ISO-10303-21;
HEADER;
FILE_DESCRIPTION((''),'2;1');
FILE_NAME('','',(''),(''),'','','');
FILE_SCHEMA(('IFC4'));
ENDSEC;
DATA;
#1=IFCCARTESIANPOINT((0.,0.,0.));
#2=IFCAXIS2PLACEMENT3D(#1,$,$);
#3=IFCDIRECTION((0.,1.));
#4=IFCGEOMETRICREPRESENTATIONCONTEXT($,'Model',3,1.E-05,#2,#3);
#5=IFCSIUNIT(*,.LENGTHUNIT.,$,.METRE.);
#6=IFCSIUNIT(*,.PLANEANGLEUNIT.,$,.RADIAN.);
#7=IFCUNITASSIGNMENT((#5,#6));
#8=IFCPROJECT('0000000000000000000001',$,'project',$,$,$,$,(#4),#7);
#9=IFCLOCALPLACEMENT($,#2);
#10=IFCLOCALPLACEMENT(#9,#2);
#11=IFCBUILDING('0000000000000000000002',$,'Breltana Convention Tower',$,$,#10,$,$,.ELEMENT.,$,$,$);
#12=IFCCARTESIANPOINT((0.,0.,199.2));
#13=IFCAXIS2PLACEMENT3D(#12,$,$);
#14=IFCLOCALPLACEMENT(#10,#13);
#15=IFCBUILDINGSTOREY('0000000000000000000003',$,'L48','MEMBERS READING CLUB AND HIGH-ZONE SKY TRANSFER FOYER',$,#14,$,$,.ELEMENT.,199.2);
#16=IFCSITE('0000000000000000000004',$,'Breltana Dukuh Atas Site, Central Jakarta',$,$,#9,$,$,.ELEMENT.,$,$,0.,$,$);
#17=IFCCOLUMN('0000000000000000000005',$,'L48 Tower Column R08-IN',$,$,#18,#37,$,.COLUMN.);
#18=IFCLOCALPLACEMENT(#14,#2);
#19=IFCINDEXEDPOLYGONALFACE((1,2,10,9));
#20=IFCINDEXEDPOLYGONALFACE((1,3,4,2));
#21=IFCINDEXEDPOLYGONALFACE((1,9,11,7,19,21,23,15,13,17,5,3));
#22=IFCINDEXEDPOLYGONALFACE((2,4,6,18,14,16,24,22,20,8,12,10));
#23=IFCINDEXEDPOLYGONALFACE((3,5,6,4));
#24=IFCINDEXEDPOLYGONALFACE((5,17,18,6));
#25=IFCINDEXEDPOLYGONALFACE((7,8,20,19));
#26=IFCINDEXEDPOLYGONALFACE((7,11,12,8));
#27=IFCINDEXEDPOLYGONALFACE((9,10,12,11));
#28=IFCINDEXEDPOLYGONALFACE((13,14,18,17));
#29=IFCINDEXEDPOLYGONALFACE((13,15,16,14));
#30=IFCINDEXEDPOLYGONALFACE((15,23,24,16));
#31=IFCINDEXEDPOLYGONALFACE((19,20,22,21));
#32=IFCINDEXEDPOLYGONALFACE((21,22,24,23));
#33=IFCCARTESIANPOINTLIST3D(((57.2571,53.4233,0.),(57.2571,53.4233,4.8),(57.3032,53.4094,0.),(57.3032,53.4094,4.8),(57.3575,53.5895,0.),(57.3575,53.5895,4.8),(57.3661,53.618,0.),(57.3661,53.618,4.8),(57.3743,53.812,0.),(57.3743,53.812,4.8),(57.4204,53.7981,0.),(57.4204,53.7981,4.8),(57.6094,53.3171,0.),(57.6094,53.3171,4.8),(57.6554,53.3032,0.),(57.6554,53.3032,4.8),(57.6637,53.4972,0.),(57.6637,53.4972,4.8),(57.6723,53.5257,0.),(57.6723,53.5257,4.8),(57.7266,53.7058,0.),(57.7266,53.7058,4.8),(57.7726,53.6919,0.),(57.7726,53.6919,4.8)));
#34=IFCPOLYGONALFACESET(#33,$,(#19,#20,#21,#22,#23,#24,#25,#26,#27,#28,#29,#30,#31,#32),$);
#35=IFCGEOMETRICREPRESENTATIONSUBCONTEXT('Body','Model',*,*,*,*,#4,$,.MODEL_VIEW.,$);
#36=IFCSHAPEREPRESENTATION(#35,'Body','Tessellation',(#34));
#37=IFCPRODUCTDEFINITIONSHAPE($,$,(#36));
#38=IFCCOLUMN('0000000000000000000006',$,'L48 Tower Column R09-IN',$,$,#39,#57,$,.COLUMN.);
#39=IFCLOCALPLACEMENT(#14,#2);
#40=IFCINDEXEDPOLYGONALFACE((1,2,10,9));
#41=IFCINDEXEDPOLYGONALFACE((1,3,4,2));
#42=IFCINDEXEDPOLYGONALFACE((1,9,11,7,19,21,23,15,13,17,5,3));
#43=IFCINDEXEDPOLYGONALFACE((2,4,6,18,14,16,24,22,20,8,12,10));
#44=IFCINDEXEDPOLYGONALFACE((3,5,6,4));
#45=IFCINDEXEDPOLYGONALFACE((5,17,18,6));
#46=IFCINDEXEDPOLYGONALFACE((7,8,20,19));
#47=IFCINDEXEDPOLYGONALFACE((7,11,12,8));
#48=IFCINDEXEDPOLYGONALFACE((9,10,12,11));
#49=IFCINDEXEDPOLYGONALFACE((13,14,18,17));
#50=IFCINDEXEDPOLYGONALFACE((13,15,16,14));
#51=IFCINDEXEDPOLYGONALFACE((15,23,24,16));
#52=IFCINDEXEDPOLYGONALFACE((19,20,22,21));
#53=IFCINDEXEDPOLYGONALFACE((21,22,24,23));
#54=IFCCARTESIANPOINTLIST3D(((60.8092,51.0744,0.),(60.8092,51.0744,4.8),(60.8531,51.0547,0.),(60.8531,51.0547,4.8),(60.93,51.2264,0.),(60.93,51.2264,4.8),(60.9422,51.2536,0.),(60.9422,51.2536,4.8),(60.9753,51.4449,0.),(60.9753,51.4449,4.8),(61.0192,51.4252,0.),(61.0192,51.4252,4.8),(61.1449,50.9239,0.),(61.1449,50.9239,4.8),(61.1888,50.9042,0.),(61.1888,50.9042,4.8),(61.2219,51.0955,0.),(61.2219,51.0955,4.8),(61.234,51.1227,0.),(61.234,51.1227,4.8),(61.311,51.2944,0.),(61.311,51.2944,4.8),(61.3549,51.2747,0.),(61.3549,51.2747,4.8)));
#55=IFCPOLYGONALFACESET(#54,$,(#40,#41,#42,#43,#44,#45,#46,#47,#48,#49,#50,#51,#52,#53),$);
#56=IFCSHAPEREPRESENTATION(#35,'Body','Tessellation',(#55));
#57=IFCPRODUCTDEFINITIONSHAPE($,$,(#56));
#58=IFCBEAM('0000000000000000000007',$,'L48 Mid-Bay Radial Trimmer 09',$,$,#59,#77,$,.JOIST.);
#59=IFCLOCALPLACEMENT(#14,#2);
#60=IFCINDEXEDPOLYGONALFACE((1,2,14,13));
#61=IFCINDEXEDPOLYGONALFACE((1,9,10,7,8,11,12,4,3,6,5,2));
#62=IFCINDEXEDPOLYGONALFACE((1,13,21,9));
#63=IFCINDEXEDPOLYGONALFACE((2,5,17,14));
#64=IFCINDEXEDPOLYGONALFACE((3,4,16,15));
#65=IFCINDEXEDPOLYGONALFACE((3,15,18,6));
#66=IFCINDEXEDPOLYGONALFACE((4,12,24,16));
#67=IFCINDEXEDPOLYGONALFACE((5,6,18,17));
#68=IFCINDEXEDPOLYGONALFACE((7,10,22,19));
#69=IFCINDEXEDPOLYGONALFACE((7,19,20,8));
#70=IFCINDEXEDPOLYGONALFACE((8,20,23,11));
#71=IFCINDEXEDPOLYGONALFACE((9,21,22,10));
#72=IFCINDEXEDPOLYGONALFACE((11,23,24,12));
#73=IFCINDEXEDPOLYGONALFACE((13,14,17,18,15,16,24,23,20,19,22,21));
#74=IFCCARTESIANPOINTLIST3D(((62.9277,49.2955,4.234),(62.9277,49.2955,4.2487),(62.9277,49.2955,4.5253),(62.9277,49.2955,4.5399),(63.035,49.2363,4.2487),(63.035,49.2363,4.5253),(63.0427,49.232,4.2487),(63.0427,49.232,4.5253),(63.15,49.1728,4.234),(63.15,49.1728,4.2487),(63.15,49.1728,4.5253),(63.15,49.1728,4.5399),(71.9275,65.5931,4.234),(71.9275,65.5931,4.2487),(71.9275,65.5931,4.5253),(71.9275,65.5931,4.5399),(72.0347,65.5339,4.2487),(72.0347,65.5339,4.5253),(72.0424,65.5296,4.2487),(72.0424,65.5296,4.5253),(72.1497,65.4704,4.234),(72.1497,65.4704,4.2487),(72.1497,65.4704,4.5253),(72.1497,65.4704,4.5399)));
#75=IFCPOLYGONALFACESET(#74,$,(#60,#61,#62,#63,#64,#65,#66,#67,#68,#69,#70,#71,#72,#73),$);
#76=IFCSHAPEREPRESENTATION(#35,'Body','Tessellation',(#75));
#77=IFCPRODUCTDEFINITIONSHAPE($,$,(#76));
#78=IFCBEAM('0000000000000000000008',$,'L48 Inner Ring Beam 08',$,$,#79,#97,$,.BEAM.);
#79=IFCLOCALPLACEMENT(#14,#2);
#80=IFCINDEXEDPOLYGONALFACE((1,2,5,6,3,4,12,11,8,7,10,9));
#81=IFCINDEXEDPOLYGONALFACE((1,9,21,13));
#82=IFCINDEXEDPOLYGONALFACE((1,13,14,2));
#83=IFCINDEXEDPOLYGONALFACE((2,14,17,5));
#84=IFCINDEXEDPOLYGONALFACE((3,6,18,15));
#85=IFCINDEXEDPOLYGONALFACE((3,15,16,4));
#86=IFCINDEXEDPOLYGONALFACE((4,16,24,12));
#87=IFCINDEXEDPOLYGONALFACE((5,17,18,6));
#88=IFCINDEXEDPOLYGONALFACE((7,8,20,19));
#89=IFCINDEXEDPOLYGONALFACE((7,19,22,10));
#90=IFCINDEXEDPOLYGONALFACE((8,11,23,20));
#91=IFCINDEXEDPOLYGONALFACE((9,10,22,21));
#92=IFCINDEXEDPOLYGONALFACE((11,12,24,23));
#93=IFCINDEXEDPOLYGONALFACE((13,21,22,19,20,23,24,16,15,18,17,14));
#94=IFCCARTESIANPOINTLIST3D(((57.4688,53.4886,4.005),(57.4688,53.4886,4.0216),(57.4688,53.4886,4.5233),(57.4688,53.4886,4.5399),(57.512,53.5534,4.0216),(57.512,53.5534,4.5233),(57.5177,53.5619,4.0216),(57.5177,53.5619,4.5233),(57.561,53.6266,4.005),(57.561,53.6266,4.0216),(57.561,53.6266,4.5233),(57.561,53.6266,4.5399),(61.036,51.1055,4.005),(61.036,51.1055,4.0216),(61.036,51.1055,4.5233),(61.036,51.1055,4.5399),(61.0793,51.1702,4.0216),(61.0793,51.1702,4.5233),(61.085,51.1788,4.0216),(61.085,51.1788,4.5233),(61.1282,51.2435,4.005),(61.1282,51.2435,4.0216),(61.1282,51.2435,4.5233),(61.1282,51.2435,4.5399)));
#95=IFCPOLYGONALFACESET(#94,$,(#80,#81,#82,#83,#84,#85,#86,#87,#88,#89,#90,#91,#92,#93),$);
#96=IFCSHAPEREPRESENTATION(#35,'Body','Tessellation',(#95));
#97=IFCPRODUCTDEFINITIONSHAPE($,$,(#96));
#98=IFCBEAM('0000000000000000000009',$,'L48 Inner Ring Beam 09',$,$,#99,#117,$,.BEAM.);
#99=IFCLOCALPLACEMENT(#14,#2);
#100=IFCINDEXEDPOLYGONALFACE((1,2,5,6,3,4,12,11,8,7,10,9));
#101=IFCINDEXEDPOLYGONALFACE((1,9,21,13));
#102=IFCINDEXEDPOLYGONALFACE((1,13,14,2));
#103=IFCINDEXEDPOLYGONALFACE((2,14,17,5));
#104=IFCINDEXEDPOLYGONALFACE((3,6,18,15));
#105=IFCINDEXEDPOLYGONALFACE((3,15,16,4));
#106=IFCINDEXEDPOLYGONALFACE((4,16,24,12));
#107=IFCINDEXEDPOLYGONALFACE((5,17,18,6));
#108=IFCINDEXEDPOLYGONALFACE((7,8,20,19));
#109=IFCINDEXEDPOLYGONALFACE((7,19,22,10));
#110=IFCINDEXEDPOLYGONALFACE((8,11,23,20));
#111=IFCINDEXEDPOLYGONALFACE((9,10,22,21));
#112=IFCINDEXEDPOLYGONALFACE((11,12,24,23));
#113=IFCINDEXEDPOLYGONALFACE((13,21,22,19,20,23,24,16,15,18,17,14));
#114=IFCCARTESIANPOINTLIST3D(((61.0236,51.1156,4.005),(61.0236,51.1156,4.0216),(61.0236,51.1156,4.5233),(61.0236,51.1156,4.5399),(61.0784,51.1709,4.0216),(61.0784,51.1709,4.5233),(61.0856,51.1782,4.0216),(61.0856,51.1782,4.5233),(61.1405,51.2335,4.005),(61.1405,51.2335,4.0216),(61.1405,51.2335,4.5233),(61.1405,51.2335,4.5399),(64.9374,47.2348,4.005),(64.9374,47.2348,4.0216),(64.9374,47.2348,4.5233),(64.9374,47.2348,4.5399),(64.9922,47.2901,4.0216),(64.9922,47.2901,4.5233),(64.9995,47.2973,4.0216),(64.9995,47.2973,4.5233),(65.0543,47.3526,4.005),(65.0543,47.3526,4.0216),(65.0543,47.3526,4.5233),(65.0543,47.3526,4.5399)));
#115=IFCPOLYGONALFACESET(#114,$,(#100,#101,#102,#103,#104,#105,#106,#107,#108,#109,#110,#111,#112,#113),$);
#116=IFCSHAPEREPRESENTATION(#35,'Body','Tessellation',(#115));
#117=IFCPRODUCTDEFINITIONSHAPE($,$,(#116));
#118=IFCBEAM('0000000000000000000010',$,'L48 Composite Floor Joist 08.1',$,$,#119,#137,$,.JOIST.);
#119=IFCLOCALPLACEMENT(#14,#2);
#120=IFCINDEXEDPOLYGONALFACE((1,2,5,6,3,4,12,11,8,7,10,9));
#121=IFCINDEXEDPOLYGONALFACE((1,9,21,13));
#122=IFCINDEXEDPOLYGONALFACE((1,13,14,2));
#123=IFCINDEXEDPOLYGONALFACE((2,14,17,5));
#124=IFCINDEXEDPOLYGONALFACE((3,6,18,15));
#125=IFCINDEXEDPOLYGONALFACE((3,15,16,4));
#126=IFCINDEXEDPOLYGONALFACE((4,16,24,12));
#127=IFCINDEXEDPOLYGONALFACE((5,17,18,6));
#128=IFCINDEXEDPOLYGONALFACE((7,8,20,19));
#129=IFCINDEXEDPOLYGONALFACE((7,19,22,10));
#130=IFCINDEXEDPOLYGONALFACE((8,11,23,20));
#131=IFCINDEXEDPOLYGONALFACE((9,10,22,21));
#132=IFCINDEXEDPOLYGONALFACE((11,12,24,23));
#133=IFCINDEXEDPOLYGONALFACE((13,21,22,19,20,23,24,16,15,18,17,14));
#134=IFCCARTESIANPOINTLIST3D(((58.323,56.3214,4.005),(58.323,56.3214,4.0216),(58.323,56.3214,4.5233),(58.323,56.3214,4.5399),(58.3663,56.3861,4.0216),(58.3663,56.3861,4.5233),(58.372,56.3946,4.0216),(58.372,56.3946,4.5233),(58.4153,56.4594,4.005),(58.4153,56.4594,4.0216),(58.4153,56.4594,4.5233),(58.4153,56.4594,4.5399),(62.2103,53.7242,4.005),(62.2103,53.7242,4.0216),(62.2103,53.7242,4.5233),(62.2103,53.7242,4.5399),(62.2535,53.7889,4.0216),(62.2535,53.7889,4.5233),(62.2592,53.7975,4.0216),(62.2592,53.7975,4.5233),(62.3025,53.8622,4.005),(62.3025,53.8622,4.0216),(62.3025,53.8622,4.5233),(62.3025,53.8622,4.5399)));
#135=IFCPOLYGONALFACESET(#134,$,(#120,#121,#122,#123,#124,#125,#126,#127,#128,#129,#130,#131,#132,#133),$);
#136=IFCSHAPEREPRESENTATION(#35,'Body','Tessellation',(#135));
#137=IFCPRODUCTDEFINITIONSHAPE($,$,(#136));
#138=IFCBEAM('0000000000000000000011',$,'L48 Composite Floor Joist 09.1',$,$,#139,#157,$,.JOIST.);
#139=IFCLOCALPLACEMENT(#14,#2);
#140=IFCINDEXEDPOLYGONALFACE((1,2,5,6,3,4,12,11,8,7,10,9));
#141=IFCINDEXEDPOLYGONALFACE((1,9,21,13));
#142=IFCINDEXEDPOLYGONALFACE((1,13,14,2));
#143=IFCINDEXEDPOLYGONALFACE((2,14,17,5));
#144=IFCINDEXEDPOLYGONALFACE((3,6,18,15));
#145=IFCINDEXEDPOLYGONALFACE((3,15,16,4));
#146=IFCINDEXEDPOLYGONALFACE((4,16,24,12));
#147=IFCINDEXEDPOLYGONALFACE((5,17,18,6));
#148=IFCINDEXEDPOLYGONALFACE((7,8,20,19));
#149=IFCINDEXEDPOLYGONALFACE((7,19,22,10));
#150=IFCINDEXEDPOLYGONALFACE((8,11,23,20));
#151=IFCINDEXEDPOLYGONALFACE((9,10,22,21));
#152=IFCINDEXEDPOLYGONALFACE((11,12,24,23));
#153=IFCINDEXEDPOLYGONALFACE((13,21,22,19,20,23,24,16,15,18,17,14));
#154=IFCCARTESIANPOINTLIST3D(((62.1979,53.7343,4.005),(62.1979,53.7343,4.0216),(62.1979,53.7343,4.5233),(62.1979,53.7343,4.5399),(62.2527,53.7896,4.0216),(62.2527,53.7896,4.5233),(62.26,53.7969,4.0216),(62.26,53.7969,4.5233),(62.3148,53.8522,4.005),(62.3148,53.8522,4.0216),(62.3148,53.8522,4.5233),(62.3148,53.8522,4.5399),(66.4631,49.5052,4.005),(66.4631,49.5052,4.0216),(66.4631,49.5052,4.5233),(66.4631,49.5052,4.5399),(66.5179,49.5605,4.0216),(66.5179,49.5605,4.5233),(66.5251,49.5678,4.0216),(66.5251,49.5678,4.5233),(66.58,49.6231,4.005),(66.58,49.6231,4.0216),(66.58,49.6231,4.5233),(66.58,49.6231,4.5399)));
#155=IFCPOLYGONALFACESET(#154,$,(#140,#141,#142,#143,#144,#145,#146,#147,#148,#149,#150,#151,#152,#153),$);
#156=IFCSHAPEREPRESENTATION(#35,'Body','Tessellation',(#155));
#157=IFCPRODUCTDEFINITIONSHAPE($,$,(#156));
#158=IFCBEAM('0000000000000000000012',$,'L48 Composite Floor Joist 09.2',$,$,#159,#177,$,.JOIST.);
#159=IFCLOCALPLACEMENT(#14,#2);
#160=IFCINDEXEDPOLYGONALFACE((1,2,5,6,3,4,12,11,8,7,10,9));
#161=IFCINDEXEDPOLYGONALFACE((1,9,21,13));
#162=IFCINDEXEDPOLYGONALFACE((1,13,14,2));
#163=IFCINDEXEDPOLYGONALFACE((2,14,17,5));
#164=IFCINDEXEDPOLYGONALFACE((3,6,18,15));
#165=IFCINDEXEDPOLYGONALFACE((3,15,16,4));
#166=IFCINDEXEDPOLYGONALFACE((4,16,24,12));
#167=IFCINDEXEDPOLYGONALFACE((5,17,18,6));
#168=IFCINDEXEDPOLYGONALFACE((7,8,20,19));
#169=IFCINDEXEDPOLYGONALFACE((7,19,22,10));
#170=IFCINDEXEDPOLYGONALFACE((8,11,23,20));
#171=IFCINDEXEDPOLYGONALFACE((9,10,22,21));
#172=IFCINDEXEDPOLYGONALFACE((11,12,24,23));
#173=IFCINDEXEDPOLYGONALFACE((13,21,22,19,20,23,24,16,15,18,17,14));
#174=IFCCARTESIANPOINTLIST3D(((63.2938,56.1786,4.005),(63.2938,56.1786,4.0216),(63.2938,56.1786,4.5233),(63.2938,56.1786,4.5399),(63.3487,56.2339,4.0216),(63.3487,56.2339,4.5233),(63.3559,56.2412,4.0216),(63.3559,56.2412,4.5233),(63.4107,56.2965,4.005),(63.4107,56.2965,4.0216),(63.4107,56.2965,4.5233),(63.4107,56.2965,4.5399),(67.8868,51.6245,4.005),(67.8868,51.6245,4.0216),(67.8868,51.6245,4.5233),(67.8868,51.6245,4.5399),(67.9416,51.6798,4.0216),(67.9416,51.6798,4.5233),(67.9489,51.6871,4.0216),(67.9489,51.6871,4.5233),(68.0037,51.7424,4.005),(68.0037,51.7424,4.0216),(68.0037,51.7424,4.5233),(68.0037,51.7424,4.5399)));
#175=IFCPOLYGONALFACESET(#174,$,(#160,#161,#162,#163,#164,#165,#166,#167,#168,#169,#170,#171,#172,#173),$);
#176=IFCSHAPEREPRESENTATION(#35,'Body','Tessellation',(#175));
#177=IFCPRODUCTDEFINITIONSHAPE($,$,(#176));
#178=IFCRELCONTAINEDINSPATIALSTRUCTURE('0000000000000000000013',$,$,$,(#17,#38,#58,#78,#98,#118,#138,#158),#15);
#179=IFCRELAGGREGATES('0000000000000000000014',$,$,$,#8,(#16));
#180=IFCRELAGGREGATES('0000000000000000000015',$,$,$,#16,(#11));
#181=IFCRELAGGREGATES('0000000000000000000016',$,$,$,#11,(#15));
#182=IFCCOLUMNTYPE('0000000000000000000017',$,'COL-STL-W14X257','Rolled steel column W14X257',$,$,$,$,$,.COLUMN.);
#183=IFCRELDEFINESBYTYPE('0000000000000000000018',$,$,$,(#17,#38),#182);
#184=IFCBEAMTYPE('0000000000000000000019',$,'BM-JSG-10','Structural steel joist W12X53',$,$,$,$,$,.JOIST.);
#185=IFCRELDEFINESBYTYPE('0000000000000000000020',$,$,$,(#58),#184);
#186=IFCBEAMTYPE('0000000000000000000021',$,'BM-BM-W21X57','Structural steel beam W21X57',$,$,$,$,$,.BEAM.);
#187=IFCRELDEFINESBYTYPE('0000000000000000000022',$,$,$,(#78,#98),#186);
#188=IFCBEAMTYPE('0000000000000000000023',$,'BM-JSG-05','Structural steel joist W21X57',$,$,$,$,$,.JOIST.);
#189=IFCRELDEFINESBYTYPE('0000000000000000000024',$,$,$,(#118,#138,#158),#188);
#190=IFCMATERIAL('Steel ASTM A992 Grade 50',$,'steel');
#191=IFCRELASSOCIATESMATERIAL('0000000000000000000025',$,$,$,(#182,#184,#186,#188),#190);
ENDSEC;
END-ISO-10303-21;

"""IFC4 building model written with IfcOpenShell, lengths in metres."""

from ifc_helpers import new_model, si_unit, direction, frame, origin, origin_2d, place, context, subcontext, project, spatial, i_section, extrude, source, transform, mapped, material, material_profile, profile_set, type_object, type_shapes, element, save


model = new_model("IFC4")

# Units and contexts
model_context = context("Model", 3, precision=1e-05, world=origin(), true_north=direction((0.0, 1.0)))
body_context = subcontext(model_context, "Body", "Model", "MODEL_VIEW")
ifc_project = project(units=[si_unit("LENGTHUNIT", "METRE"), si_unit("PLANEANGLEUNIT", "RADIAN")], contexts=[model_context])

# Site, building, storey
site_placement = place(None, origin())
site = spatial("IfcSite", under=ifc_project, at=site_placement, Name="Breltana Dukuh Atas Site, Central Jakarta", CompositionType="ELEMENT", RefElevation=0.0)
building_placement = place(site_placement, origin())
building = spatial("IfcBuilding", under=site, at=building_placement, Name="Breltana Convention Tower", CompositionType="ELEMENT")
storey_placement = place(building_placement, frame((0.0, 0.0, 199.2)))
storey = spatial("IfcBuildingStorey", under=building, at=storey_placement, Name="L48", Description="MEMBERS READING CLUB AND HIGH-ZONE SKY TRANSFER FOYER", CompositionType="ELEMENT", Elevation=199.2)

# Columns
ifc_material_1 = material(Name="Steel ASTM A992 Grade 50", Category="steel")
ifc_material_profile_1 = material_profile(ifc_material_1, i_section(OverallWidth=0.406, OverallDepth=0.416, WebThickness=0.0298, FlangeThickness=0.0481, at=origin_2d()), Name="W14X257")
ifc_profile_set_1 = profile_set([ifc_material_profile_1], Name="Steel ASTM A992 Grade 50")
column_type = type_object("IfcColumnType", Name="COL-STL-W14X257", Description="Rolled steel column W14X257", PredefinedType="COLUMN", material=ifc_profile_set_1)
shared_shape_1 = source(origin(), body_context, "Body", "SweptSolid", [
    extrude(i_section(OverallWidth=0.406, OverallDepth=0.416, WebThickness=0.0298, FlangeThickness=0.0481, at=origin_2d()), origin(), (0.0, 0.0, 1.0), 4.8),
])
type_shapes(column_type, [shared_shape_1])
for number, where, z_axis, x_axis, name in (
    (1, (57.5149, 53.5576, 0.0), (0.0, 0.0, 1.0), (0.288698, 0.95742, 0.0), "L48 Tower Column R08-IN"),
    (2, (61.082, 51.1746, 0.0), (0.0, 0.0, 1.0), (0.409127, 0.912477, 0.0), "L48 Tower Column R09-IN"),
):
    element("IfcColumn", number, at=place(storey_placement, frame(where, z_axis=z_axis, x_axis=x_axis)), inside=storey, type_object=column_type, Name=name, PredefinedType="COLUMN", context=body_context, shape_type="MappedRepresentation", body=[
        mapped(shared_shape_1, transform((0.0, 0.0, 0.0), scale=1.0)),
    ])

# Beams
ifc_material_profile_2 = material_profile(ifc_material_1, i_section(OverallWidth=0.2539, OverallDepth=0.3059, WebThickness=0.0088, FlangeThickness=0.0146, at=origin_2d()), Name="W12X53")
ifc_profile_set_2 = profile_set([ifc_material_profile_2], Name="Steel ASTM A992 Grade 50")
beam_type_1 = type_object("IfcBeamType", Name="BM-JSG-10", Description="Structural steel joist W12X53", PredefinedType="JOIST", material=ifc_profile_set_2)
shared_shape_2 = source(origin(), body_context, "Body", "SweptSolid", [
    extrude(i_section(OverallWidth=0.2539, OverallDepth=0.3059, WebThickness=0.0088, FlangeThickness=0.0146, at=origin_2d()), origin(), (0.0, 0.0, 1.0), 18.6174),
])
beam_1_placement = place(storey_placement, frame((63.0388, 49.2341, 4.387), z_axis=(0.483406, 0.875396, 0.0), x_axis=(-0.875396, 0.483406, 0.0)))
element("IfcBeam", 3, at=beam_1_placement, inside=storey, type_object=beam_type_1, Name="L48 Mid-Bay Radial Trimmer 09", PredefinedType="JOIST", context=body_context, shape_type="MappedRepresentation", body=[
    mapped(shared_shape_2, transform((0.0, 0.0, 0.0), scale=1.0)),
])
ifc_material_profile_3 = material_profile(ifc_material_1, i_section(OverallWidth=0.166, OverallDepth=0.5349, WebThickness=0.0103, FlangeThickness=0.0166, at=origin_2d()), Name="W21X57")
ifc_profile_set_3 = profile_set([ifc_material_profile_3], Name="Steel ASTM A992 Grade 50")
beam_type_2 = type_object("IfcBeamType", Name="BM-BM-W21X57", Description="Structural steel beam W21X57", PredefinedType="BEAM", material=ifc_profile_set_3)
shared_shape_3 = source(origin(), body_context, "Body", "SweptSolid", [
    extrude(i_section(OverallWidth=0.166, OverallDepth=0.5349, WebThickness=0.0103, FlangeThickness=0.0166, at=origin_2d()), origin(), (0.0, 0.0, 1.0), 4.29),
])
beam_2_placement = place(storey_placement, frame((57.5149, 53.5576, 4.2725), z_axis=(0.831516, -0.555501, 0.0), x_axis=(0.555501, 0.831516, 0.0)))
element("IfcBeam", 4, at=beam_2_placement, inside=storey, type_object=beam_type_2, Name="L48 Inner Ring Beam 08", PredefinedType="BEAM", context=body_context, shape_type="MappedRepresentation", body=[
    mapped(shared_shape_3, transform((0.0, 0.0, 0.0), scale=1.0)),
])
shared_shape_4 = source(origin(), body_context, "Body", "SweptSolid", [
    extrude(i_section(OverallWidth=0.166, OverallDepth=0.5349, WebThickness=0.0103, FlangeThickness=0.0166, at=origin_2d()), origin(), (0.0, 0.0, 1.0), 5.5117),
])
beam_3_placement = place(storey_placement, frame((61.082, 51.1746, 4.2725), z_axis=(0.71009, -0.704111, 0.0), x_axis=(0.704111, 0.71009, 0.0)))
element("IfcBeam", 5, at=beam_3_placement, inside=storey, type_object=beam_type_2, Name="L48 Inner Ring Beam 09", PredefinedType="BEAM", context=body_context, shape_type="MappedRepresentation", body=[
    mapped(shared_shape_4, transform((0.0, 0.0, 0.0), scale=1.0)),
])
ifc_material_profile_4 = material_profile(ifc_material_1, i_section(OverallWidth=0.166, OverallDepth=0.5349, WebThickness=0.0103, FlangeThickness=0.0166, at=origin_2d()), Name="W21X57")
ifc_profile_set_4 = profile_set([ifc_material_profile_4], Name="Steel ASTM A992 Grade 50")
beam_type_3 = type_object("IfcBeamType", Name="BM-JSG-05", Description="Structural steel joist W21X57", PredefinedType="JOIST", material=ifc_profile_set_4)
shared_shape_5 = source(origin(), body_context, "Body", "SweptSolid", [
    extrude(i_section(OverallWidth=0.166, OverallDepth=0.5349, WebThickness=0.0103, FlangeThickness=0.0166, at=origin_2d()), origin(), (0.0, 0.0, 1.0), 4.675),
])
beam_4_placement = place(storey_placement, frame((58.3691, 56.3904, 4.2725), z_axis=(0.831487, -0.555544, 0.0), x_axis=(0.555544, 0.831487, 0.0)))
element("IfcBeam", 6, at=beam_4_placement, inside=storey, type_object=beam_type_3, Name="L48 Composite Floor Joist 08.1", PredefinedType="JOIST", context=body_context, shape_type="MappedRepresentation", body=[
    mapped(shared_shape_5, transform((0.0, 0.0, 0.0), scale=1.0)),
])
shared_shape_6 = source(origin(), body_context, "Body", "SweptSolid", [
    extrude(i_section(OverallWidth=0.166, OverallDepth=0.5349, WebThickness=0.0103, FlangeThickness=0.0166, at=origin_2d()), origin(), (0.0, 0.0, 1.0), 6.0063),
])
beam_5_placement = place(storey_placement, frame((62.2563, 53.7932, 4.2725), z_axis=(0.710108, -0.704092, 0.0), x_axis=(0.704092, 0.710108, 0.0)))
element("IfcBeam", 7, at=beam_5_placement, inside=storey, type_object=beam_type_3, Name="L48 Composite Floor Joist 09.1", PredefinedType="JOIST", context=body_context, shape_type="MappedRepresentation", body=[
    mapped(shared_shape_6, transform((0.0, 0.0, 0.0), scale=1.0)),
])
shared_shape_7 = source(origin(), body_context, "Body", "SweptSolid", [
    extrude(i_section(OverallWidth=0.166, OverallDepth=0.5349, WebThickness=0.0103, FlangeThickness=0.0166, at=origin_2d()), origin(), (0.0, 0.0, 1.0), 6.468),
])
beam_6_placement = place(storey_placement, frame((63.3523, 56.2375, 4.2725), z_axis=(0.710101, -0.7041, 0.0), x_axis=(0.7041, 0.710101, 0.0)))
element("IfcBeam", 8, at=beam_6_placement, inside=storey, type_object=beam_type_3, Name="L48 Composite Floor Joist 09.2", PredefinedType="JOIST", context=body_context, shape_type="MappedRepresentation", body=[
    mapped(shared_shape_7, transform((0.0, 0.0, 0.0), scale=1.0)),
])

save(model, "model.ifc")
